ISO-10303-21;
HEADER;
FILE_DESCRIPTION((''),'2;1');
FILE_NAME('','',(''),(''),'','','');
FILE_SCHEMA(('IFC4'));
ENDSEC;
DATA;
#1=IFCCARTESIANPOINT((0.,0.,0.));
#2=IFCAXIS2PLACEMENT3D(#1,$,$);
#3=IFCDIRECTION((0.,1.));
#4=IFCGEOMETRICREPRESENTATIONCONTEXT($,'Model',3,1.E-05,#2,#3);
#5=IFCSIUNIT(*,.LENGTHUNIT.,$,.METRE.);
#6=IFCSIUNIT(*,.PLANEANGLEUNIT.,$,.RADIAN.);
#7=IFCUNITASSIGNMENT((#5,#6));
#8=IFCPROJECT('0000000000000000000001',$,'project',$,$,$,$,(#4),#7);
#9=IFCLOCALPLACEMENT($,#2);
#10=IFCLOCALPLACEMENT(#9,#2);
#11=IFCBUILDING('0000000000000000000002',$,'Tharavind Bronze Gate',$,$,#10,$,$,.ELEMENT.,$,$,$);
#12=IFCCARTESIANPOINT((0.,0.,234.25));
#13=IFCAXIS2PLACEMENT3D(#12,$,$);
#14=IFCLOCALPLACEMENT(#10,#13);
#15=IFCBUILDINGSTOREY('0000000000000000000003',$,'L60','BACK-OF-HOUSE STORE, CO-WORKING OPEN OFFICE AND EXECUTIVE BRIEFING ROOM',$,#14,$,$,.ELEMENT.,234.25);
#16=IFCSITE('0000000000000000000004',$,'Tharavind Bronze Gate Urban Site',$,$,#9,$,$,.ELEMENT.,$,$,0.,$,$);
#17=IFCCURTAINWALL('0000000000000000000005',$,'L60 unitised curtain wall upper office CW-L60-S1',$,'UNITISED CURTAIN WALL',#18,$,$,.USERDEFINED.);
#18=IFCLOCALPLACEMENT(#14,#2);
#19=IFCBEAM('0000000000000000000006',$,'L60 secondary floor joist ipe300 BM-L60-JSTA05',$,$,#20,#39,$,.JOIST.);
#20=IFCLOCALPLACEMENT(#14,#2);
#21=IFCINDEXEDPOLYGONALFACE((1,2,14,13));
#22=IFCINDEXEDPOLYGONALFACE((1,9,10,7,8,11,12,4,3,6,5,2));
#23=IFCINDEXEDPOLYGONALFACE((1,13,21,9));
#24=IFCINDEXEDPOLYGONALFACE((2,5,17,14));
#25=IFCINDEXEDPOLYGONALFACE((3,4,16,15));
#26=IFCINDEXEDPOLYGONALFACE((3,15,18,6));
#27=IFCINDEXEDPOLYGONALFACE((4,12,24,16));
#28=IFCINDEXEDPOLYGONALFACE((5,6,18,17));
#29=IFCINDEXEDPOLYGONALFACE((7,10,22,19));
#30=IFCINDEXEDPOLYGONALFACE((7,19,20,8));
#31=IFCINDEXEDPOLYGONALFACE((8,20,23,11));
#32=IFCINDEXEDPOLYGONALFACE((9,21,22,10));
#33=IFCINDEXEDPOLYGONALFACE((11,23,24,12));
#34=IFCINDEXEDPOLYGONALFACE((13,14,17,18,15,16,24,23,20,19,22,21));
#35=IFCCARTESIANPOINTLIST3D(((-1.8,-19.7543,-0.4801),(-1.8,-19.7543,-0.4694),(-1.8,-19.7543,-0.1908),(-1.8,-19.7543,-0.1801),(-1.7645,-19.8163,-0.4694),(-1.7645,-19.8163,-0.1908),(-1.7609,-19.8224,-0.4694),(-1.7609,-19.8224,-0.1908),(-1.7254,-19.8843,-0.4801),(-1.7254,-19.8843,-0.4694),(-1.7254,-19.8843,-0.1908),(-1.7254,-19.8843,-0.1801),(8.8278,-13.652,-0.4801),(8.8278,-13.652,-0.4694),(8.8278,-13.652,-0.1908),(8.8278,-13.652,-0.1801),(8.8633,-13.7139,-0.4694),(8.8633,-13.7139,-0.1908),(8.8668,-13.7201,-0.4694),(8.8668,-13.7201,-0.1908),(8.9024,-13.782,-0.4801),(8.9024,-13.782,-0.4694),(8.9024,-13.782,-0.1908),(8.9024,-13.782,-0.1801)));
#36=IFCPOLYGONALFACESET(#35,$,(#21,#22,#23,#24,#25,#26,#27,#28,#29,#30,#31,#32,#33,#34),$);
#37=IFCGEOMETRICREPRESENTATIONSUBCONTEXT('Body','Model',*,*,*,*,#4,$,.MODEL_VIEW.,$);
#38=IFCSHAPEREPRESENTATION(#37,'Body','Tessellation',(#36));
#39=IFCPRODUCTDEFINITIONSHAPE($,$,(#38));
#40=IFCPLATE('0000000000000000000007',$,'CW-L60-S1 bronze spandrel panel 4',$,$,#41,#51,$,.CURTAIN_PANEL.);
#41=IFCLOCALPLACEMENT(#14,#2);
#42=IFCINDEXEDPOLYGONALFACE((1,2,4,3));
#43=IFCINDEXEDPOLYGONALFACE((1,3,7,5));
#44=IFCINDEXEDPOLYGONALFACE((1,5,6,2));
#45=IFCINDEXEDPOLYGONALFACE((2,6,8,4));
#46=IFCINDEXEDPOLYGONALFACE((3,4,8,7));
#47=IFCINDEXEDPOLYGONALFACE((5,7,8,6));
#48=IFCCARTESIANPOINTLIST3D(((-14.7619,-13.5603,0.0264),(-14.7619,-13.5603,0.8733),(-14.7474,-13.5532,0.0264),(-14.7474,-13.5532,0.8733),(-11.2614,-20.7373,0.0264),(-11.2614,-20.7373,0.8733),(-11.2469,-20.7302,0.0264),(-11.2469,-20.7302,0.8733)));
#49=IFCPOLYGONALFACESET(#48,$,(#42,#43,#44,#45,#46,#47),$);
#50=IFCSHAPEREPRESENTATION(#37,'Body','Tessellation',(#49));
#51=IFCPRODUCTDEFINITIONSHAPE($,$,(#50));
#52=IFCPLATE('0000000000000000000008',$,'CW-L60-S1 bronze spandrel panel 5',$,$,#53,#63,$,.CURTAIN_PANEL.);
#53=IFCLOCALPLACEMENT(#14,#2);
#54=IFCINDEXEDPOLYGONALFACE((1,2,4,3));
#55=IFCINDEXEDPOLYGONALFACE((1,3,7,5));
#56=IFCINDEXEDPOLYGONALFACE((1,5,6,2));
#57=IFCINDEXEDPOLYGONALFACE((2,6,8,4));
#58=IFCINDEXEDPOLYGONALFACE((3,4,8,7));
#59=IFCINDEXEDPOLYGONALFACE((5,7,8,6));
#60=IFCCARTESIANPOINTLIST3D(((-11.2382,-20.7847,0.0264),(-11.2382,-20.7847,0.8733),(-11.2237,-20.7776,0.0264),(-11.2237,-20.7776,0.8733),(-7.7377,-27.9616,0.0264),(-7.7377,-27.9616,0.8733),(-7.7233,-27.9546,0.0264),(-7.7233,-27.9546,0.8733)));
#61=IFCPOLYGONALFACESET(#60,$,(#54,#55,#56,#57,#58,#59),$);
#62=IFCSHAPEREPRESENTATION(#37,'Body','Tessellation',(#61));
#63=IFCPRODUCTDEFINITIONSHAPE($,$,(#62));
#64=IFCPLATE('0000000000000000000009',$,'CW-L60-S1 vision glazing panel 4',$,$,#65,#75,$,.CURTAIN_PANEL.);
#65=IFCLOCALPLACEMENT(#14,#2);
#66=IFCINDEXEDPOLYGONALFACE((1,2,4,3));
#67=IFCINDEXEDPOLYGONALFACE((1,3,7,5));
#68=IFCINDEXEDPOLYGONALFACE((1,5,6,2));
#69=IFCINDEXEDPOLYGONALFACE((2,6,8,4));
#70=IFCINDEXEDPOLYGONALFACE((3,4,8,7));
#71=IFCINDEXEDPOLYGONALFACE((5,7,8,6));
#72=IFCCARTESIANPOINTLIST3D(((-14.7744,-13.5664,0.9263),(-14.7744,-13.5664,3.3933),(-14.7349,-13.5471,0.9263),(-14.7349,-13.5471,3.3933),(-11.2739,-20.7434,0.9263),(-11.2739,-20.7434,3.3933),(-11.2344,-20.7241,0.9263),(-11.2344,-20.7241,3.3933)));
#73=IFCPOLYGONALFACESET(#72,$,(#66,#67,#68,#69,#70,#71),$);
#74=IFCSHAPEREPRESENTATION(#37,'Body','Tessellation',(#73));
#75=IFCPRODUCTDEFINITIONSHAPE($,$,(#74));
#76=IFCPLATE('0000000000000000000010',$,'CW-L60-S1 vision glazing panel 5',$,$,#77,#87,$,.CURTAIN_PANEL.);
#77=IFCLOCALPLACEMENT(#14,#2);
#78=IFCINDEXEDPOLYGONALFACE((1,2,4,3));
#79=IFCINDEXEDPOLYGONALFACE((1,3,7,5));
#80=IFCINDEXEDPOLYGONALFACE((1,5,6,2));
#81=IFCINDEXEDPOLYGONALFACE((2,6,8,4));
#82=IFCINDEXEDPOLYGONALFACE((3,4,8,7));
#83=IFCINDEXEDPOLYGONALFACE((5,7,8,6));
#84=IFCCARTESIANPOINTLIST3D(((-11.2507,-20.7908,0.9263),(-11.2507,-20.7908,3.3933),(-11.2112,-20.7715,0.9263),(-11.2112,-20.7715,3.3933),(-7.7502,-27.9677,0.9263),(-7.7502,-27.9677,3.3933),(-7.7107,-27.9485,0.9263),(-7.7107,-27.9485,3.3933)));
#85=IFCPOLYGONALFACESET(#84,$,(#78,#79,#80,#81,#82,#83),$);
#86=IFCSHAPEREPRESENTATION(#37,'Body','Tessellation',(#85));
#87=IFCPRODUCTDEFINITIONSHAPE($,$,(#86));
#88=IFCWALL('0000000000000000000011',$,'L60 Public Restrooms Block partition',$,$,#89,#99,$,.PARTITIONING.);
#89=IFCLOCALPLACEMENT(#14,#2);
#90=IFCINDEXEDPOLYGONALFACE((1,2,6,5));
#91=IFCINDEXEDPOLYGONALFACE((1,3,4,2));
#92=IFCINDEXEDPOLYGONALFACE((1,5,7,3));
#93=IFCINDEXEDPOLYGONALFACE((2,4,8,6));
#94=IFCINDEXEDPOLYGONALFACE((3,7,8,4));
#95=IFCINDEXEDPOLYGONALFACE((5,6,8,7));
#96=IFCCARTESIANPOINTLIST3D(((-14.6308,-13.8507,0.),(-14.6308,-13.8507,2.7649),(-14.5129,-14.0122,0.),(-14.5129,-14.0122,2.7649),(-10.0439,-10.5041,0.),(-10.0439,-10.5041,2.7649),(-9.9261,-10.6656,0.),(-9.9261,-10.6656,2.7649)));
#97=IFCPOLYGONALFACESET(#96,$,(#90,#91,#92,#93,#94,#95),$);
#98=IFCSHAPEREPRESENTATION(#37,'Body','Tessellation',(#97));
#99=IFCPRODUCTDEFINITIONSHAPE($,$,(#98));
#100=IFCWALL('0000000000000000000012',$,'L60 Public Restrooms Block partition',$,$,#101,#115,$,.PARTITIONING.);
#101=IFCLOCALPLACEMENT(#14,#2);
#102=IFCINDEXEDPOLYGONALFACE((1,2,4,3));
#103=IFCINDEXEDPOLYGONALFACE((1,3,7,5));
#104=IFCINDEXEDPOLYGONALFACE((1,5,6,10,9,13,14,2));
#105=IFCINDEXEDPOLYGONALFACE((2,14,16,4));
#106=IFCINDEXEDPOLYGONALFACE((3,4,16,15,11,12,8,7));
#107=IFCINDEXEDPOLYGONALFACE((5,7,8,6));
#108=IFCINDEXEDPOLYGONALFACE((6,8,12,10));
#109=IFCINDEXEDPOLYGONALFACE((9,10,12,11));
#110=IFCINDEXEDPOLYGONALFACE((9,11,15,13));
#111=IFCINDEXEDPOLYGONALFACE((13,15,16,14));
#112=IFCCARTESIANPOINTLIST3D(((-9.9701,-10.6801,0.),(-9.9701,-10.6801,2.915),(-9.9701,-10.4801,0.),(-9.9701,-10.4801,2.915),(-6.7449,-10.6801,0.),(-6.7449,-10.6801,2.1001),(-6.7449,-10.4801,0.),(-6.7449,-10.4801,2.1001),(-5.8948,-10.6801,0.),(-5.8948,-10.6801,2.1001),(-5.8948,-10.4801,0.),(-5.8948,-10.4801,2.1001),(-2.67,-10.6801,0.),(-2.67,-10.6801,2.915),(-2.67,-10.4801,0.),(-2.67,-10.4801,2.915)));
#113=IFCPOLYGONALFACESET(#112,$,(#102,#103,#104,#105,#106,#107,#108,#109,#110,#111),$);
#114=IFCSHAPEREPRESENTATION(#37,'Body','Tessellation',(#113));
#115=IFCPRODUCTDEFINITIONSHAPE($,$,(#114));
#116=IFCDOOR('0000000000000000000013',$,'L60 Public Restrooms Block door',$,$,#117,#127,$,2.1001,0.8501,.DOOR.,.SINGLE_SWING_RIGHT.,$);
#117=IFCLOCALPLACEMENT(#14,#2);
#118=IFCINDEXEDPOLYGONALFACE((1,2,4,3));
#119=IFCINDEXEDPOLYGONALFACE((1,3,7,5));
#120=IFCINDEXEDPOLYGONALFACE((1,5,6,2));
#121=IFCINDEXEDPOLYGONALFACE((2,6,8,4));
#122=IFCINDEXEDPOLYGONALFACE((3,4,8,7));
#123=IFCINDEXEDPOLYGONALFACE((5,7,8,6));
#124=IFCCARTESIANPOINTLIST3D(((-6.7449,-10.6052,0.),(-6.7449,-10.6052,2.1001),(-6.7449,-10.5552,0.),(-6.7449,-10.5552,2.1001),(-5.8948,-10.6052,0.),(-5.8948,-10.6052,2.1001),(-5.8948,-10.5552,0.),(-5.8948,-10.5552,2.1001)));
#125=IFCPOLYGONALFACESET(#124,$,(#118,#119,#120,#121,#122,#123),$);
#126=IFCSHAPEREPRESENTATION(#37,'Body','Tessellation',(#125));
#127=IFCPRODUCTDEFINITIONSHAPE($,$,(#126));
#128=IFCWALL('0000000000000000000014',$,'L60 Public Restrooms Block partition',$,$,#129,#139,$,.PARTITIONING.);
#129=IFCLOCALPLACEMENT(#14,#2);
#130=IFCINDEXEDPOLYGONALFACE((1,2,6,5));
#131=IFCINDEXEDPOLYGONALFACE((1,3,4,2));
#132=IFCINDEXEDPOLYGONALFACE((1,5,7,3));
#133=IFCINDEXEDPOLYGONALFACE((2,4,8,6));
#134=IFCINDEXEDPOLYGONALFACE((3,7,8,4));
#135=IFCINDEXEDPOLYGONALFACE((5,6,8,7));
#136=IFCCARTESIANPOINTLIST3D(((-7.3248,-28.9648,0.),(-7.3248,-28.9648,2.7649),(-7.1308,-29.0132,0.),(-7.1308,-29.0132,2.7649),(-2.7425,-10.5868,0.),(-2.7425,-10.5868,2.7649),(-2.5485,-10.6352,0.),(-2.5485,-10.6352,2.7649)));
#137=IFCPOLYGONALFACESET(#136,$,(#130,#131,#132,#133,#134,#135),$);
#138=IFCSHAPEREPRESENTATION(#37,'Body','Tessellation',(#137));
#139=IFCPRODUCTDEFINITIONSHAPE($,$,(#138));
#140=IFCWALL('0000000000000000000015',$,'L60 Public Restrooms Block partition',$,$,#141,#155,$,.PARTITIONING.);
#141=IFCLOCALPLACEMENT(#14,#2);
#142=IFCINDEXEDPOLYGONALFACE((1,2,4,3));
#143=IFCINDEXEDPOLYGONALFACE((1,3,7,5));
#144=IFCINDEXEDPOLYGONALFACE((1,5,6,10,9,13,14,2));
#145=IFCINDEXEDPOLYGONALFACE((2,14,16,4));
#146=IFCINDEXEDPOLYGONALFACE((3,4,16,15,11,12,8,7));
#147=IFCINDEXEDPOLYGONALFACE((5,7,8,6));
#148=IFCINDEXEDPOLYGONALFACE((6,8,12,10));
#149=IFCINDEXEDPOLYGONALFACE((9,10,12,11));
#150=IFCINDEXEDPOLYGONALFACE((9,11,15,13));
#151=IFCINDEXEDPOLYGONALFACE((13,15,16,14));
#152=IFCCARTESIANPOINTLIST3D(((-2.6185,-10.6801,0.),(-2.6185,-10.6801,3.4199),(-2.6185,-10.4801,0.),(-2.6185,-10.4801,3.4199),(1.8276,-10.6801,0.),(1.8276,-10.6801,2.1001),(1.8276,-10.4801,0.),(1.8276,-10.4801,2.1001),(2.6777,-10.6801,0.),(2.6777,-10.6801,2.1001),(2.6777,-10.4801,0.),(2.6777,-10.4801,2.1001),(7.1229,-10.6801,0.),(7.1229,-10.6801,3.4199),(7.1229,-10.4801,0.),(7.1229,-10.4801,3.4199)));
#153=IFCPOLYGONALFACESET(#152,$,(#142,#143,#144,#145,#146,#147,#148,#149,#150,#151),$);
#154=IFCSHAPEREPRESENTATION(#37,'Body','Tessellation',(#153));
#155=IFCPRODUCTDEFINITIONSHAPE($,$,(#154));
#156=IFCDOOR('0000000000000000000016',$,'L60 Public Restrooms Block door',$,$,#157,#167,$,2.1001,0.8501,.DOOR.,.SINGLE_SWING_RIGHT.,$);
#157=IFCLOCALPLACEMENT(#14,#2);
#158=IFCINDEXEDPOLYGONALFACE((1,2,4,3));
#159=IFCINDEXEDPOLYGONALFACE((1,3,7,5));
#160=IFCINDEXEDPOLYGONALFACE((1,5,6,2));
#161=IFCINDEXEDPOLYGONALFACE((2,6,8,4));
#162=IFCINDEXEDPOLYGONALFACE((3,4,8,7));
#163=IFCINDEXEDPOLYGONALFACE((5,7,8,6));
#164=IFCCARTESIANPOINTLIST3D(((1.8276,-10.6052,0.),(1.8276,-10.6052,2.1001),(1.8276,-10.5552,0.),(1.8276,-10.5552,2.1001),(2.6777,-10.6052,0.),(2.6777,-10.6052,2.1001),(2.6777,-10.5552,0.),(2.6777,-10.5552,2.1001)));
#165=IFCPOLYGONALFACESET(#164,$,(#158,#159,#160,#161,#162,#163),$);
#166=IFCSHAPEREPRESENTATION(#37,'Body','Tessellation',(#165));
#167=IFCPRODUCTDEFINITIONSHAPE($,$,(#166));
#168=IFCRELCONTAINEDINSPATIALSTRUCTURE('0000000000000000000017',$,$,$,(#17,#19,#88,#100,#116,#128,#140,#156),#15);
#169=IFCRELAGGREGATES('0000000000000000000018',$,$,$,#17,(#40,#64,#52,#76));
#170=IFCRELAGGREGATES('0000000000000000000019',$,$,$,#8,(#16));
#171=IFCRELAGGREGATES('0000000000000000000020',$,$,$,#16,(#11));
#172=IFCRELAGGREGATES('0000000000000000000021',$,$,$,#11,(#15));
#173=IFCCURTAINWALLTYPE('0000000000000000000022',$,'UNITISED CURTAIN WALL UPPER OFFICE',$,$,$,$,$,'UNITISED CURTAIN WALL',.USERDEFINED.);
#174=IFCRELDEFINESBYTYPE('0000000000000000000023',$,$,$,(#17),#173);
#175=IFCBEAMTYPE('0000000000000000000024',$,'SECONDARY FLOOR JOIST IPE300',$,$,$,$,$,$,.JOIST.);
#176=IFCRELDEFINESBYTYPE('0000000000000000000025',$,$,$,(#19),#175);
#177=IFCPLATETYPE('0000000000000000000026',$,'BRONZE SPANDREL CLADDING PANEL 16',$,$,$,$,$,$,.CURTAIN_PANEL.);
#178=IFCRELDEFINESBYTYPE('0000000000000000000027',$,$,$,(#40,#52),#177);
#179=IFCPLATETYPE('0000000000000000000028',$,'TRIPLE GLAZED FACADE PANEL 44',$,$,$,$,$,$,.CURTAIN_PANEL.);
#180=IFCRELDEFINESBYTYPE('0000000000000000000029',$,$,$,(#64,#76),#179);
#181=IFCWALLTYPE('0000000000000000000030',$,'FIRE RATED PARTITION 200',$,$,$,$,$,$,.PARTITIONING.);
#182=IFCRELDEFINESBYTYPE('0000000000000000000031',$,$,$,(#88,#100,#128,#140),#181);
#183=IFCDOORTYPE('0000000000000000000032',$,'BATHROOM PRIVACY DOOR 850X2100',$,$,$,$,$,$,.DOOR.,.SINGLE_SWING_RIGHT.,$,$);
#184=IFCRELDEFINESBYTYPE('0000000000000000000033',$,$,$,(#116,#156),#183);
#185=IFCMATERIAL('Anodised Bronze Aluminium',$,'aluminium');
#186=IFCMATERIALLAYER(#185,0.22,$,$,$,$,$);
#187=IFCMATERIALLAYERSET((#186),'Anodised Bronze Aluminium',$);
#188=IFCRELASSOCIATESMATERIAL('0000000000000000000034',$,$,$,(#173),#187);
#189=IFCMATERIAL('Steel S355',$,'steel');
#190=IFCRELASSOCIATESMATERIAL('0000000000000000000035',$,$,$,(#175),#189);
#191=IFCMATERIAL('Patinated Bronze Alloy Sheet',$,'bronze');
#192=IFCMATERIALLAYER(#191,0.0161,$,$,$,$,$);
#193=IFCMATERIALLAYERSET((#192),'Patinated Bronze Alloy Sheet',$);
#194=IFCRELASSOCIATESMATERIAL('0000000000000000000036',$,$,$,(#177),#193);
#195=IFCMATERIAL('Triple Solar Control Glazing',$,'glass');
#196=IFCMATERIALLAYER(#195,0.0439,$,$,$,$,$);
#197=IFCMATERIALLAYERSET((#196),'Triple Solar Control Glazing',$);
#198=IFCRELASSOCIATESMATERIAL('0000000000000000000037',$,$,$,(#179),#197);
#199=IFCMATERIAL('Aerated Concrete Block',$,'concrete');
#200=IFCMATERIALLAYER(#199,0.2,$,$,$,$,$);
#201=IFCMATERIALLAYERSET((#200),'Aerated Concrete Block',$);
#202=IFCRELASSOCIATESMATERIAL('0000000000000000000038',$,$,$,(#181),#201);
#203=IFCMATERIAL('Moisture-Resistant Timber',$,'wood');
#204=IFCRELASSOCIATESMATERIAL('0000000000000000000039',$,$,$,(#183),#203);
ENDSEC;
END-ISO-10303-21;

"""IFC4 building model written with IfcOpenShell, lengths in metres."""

from ifc_helpers import new_model, si_unit, direction, frame, frame_2d, origin, origin_2d, place, context, subcontext, project, spatial, rectangle, i_section, extrude, material, layer, layer_set, material_profile, profile_set, type_object, element, fill, aggregate, save


model = new_model("IFC4")

# Units and contexts
model_context = context("Model", 3, precision=1e-05, world=origin(), true_north=direction((0.0, 1.0)))
body_context = subcontext(model_context, "Body", "Model", "MODEL_VIEW")
ifc_project = project(units=[si_unit("LENGTHUNIT", "METRE"), si_unit("PLANEANGLEUNIT", "RADIAN")], contexts=[model_context])

# Site, building, storey
site_placement = place(None, origin())
site = spatial("IfcSite", under=ifc_project, at=site_placement, Name="Tharavind Bronze Gate Urban Site", CompositionType="ELEMENT", RefElevation=0.0)
building_placement = place(site_placement, origin())
building = spatial("IfcBuilding", under=site, at=building_placement, Name="Tharavind Bronze Gate", CompositionType="ELEMENT")
storey_placement = place(building_placement, frame((0.0, 0.0, 234.25)))
storey = spatial("IfcBuildingStorey", under=building, at=storey_placement, Name="L60", Description="BACK-OF-HOUSE STORE, CO-WORKING OPEN OFFICE AND EXECUTIVE BRIEFING ROOM", CompositionType="ELEMENT", Elevation=234.25)

# Curtain wall
ifc_material_1 = material(Name="Anodised Bronze Aluminium", Category="aluminium")
ifc_layer_1 = layer(ifc_material_1, 0.22)
ifc_layer_set_1 = layer_set([ifc_layer_1], Name="Anodised Bronze Aluminium")
curtain_wall_type = type_object("IfcCurtainWallType", Name="UNITISED CURTAIN WALL UPPER OFFICE", ElementType="UNITISED CURTAIN WALL", PredefinedType="USERDEFINED", material=ifc_layer_set_1)
curtain_wall_placement = place(storey_placement, origin())
curtain_wall = element("IfcCurtainWall", 1, at=curtain_wall_placement, inside=storey, type_object=curtain_wall_type, Name="L60 unitised curtain wall upper office CW-L60-S1", ObjectType="UNITISED CURTAIN WALL", PredefinedType="USERDEFINED")

# Beam
ifc_material_2 = material(Name="Steel S355", Category="steel")
ifc_material_profile_1 = material_profile(ifc_material_2, i_section(OverallWidth=0.1499, OverallDepth=0.3, WebThickness=0.0071, FlangeThickness=0.0107, at=origin_2d()), Name="IPE300")
ifc_profile_set_1 = profile_set([ifc_material_profile_1], Name="Steel S355")
beam_type_1 = type_object("IfcBeamType", Name="SECONDARY FLOOR JOIST IPE300", PredefinedType="JOIST", material=ifc_profile_set_1)
beam_1_placement = place(storey_placement, frame((-1.7627, -19.8193, -0.3301), z_axis=(0.86721, 0.497942, 0.0), x_axis=(-0.497942, 0.86721, 0.0)))
element("IfcBeam", 2, at=beam_1_placement, inside=storey, type_object=beam_type_1, Name="L60 secondary floor joist ipe300 BM-L60-JSTA05", PredefinedType="JOIST", context=body_context, shape_type="SweptSolid", body=[
    extrude(i_section(OverallWidth=0.1499, OverallDepth=0.3, WebThickness=0.0071, FlangeThickness=0.0107, at=origin_2d()), origin(), (0.0, 0.0, 1.0), 12.2551),
])

# Plates
ifc_material_3 = material(Name="Patinated Bronze Alloy Sheet", Category="bronze")
ifc_layer_2 = layer(ifc_material_3, 0.0161)
ifc_layer_set_2 = layer_set([ifc_layer_2], Name="Patinated Bronze Alloy Sheet")
plate_type_1 = type_object("IfcPlateType", Name="BRONZE SPANDREL CLADDING PANEL 16", PredefinedType="CURTAIN_PANEL", material=ifc_layer_set_2)
plate_1_placement = place(storey_placement, frame((-13.0044, -17.1453, 0.0264), z_axis=(0.0, 0.0, 1.0), x_axis=(0.438371, -0.898794, 0.0)))
plate_1 = element("IfcPlate", 3, at=plate_1_placement, type_object=plate_type_1, Name="CW-L60-S1 bronze spandrel panel 4", PredefinedType="CURTAIN_PANEL", context=body_context, shape_type="SweptSolid", body=[
    extrude(rectangle(XDim=7.9851, YDim=0.0161, at=origin_2d()), origin(), (0.0, 0.0, 1.0), 0.8469),
])
plate_2_placement = place(storey_placement, frame((-9.4807, -24.3696, 0.0264), z_axis=(0.0, 0.0, 1.0), x_axis=(0.438371, -0.898794, 0.0)))
plate_2 = element("IfcPlate", 4, at=plate_2_placement, type_object=plate_type_1, Name="CW-L60-S1 bronze spandrel panel 5", PredefinedType="CURTAIN_PANEL", context=body_context, shape_type="SweptSolid", body=[
    extrude(rectangle(XDim=7.9851, YDim=0.0161, at=origin_2d()), origin(), (0.0, 0.0, 1.0), 0.8469),
])
ifc_material_4 = material(Name="Triple Solar Control Glazing", Category="glass")
ifc_layer_3 = layer(ifc_material_4, 0.0439)
ifc_layer_set_3 = layer_set([ifc_layer_3], Name="Triple Solar Control Glazing")
plate_type_2 = type_object("IfcPlateType", Name="TRIPLE GLAZED FACADE PANEL 44", PredefinedType="CURTAIN_PANEL", material=ifc_layer_set_3)
plate_3_placement = place(storey_placement, frame((-13.0044, -17.1453, 0.9263), z_axis=(0.0, 0.0, 1.0), x_axis=(0.438371, -0.898794, 0.0)))
plate_3 = element("IfcPlate", 5, at=plate_3_placement, type_object=plate_type_2, Name="CW-L60-S1 vision glazing panel 4", PredefinedType="CURTAIN_PANEL", context=body_context, shape_type="SweptSolid", body=[
    extrude(rectangle(XDim=7.9851, YDim=0.0439, at=origin_2d()), origin(), (0.0, 0.0, 1.0), 2.467),
])
plate_4_placement = place(storey_placement, frame((-9.4807, -24.3696, 0.9263), z_axis=(0.0, 0.0, 1.0), x_axis=(0.438371, -0.898794, 0.0)))
plate_4 = element("IfcPlate", 6, at=plate_4_placement, type_object=plate_type_2, Name="CW-L60-S1 vision glazing panel 5", PredefinedType="CURTAIN_PANEL", context=body_context, shape_type="SweptSolid", body=[
    extrude(rectangle(XDim=7.9851, YDim=0.0439, at=origin_2d()), origin(), (0.0, 0.0, 1.0), 2.467),
])
aggregate(curtain_wall, [plate_1, plate_3, plate_2, plate_4])

# Wall
ifc_material_5 = material(Name="Aerated Concrete Block", Category="concrete")
ifc_layer_4 = layer(ifc_material_5, 0.2)
ifc_layer_set_4 = layer_set([ifc_layer_4], Name="Aerated Concrete Block")
wall_type = type_object("IfcWallType", Name="FIRE RATED PARTITION 200", PredefinedType="PARTITIONING", material=ifc_layer_set_4)
wall_1_placement = place(storey_placement, frame((-14.5718, -13.9314, 0.0), z_axis=(0.0, 0.0, 1.0), x_axis=(0.807835, 0.589408, 0.0)))
element("IfcWall", 7, at=wall_1_placement, inside=storey, type_object=wall_type, Name="L60 Public Restrooms Block partition", PredefinedType="PARTITIONING", context=body_context, shape_type="SweptSolid", body=[
    extrude(rectangle(XDim=5.678, YDim=0.2, at=frame_2d((2.8389, 0.0))), origin(), (0.0, 0.0, 1.0), 2.7649),
])

# Wall, opening, door
wall_2_placement = place(storey_placement, frame((-9.97, -10.5801, 0.0), z_axis=(0.0, 0.0, 1.0), x_axis=(1.0, 0.0, 0.0)))
wall_2 = element("IfcWall", 8, at=wall_2_placement, inside=storey, type_object=wall_type, Name="L60 Public Restrooms Block partition", PredefinedType="PARTITIONING", context=body_context, shape_type="SweptSolid", body=[
    extrude(rectangle(XDim=7.3, YDim=0.2, at=frame_2d((3.6499, 0.0))), origin(), (0.0, 0.0, 1.0), 2.915),
])
opening_1_placement = place(wall_2_placement, frame((3.2251, 0.0, 0.0)))
opening_1 = element("IfcOpeningElement", 9, at=opening_1_placement, cuts=wall_2, PredefinedType="OPENING", context=body_context, shape_type="SweptSolid", body=[
    extrude(rectangle(XDim=0.8501, YDim=2.1001, at=frame_2d((0.425, 1.05))), frame((0.0, 0.1101, 0.0), z_axis=(0.0, -1.0, 0.0), x_axis=(1.0, 0.0, 0.0)), (0.0, 0.0, 1.0), 0.22),
])
ifc_material_6 = material(Name="Moisture-Resistant Timber", Category="wood")
door_type = type_object("IfcDoorType", Name="BATHROOM PRIVACY DOOR 850X2100", OperationType="SINGLE_SWING_RIGHT", PredefinedType="DOOR", material=ifc_material_6)
door_1_placement = place(opening_1_placement, origin())
door_1 = element("IfcDoor", 10, at=door_1_placement, inside=storey, type_object=door_type, Name="L60 Public Restrooms Block door", OperationType="SINGLE_SWING_RIGHT", OverallHeight=2.1001, OverallWidth=0.8501, PredefinedType="DOOR", context=body_context, shape_type="SweptSolid", body=[
    extrude(rectangle(XDim=0.8501, YDim=2.1001, at=frame_2d((0.425, 1.05))), frame((0.0, 0.0249, 0.0), z_axis=(0.0, -1.0, 0.0), x_axis=(1.0, 0.0, 0.0)), (0.0, 0.0, 1.0), 0.05),
])
fill(opening_1, door_1)

# Wall
wall_3_placement = place(storey_placement, frame((-2.6455, -10.6111, 0.0), z_axis=(0.0, 0.0, 1.0), x_axis=(-0.241929, -0.970294, 0.0)))
element("IfcWall", 11, at=wall_3_placement, inside=storey, type_object=wall_type, Name="L60 Public Restrooms Block partition", PredefinedType="PARTITIONING", context=body_context, shape_type="SweptSolid", body=[
    extrude(rectangle(XDim=18.9407, YDim=0.2, at=frame_2d((9.4702, 0.0))), origin(), (0.0, 0.0, 1.0), 2.7649),
])

# Wall, opening, door
wall_4_placement = place(storey_placement, frame((-2.6184, -10.5801, 0.0), z_axis=(0.0, 0.0, 1.0), x_axis=(1.0, 0.0, 0.0)))
wall_4 = element("IfcWall", 12, at=wall_4_placement, inside=storey, type_object=wall_type, Name="L60 Public Restrooms Block partition", PredefinedType="PARTITIONING", context=body_context, shape_type="SweptSolid", body=[
    extrude(rectangle(XDim=9.7415, YDim=0.2, at=frame_2d((4.8706, 0.0))), origin(), (0.0, 0.0, 1.0), 3.4199),
])
opening_2_placement = place(wall_4_placement, frame((4.446, 0.0, 0.0)))
opening_2 = element("IfcOpeningElement", 13, at=opening_2_placement, cuts=wall_4, PredefinedType="OPENING", context=body_context, shape_type="SweptSolid", body=[
    extrude(rectangle(XDim=0.8501, YDim=2.1001, at=frame_2d((0.425, 1.05))), frame((0.0, 0.1101, 0.0), z_axis=(0.0, -1.0, 0.0), x_axis=(1.0, 0.0, 0.0)), (0.0, 0.0, 1.0), 0.22),
])
door_2_placement = place(opening_2_placement, origin())
door_2 = element("IfcDoor", 14, at=door_2_placement, inside=storey, type_object=door_type, Name="L60 Public Restrooms Block door", OperationType="SINGLE_SWING_RIGHT", OverallHeight=2.1001, OverallWidth=0.8501, PredefinedType="DOOR", context=body_context, shape_type="SweptSolid", body=[
    extrude(rectangle(XDim=0.8501, YDim=2.1001, at=frame_2d((0.425, 1.05))), frame((0.0, 0.0249, 0.0), z_axis=(0.0, -1.0, 0.0), x_axis=(1.0, 0.0, 0.0)), (0.0, 0.0, 1.0), 0.05),
])
fill(opening_2, door_2)

save(model, "model.ifc")
